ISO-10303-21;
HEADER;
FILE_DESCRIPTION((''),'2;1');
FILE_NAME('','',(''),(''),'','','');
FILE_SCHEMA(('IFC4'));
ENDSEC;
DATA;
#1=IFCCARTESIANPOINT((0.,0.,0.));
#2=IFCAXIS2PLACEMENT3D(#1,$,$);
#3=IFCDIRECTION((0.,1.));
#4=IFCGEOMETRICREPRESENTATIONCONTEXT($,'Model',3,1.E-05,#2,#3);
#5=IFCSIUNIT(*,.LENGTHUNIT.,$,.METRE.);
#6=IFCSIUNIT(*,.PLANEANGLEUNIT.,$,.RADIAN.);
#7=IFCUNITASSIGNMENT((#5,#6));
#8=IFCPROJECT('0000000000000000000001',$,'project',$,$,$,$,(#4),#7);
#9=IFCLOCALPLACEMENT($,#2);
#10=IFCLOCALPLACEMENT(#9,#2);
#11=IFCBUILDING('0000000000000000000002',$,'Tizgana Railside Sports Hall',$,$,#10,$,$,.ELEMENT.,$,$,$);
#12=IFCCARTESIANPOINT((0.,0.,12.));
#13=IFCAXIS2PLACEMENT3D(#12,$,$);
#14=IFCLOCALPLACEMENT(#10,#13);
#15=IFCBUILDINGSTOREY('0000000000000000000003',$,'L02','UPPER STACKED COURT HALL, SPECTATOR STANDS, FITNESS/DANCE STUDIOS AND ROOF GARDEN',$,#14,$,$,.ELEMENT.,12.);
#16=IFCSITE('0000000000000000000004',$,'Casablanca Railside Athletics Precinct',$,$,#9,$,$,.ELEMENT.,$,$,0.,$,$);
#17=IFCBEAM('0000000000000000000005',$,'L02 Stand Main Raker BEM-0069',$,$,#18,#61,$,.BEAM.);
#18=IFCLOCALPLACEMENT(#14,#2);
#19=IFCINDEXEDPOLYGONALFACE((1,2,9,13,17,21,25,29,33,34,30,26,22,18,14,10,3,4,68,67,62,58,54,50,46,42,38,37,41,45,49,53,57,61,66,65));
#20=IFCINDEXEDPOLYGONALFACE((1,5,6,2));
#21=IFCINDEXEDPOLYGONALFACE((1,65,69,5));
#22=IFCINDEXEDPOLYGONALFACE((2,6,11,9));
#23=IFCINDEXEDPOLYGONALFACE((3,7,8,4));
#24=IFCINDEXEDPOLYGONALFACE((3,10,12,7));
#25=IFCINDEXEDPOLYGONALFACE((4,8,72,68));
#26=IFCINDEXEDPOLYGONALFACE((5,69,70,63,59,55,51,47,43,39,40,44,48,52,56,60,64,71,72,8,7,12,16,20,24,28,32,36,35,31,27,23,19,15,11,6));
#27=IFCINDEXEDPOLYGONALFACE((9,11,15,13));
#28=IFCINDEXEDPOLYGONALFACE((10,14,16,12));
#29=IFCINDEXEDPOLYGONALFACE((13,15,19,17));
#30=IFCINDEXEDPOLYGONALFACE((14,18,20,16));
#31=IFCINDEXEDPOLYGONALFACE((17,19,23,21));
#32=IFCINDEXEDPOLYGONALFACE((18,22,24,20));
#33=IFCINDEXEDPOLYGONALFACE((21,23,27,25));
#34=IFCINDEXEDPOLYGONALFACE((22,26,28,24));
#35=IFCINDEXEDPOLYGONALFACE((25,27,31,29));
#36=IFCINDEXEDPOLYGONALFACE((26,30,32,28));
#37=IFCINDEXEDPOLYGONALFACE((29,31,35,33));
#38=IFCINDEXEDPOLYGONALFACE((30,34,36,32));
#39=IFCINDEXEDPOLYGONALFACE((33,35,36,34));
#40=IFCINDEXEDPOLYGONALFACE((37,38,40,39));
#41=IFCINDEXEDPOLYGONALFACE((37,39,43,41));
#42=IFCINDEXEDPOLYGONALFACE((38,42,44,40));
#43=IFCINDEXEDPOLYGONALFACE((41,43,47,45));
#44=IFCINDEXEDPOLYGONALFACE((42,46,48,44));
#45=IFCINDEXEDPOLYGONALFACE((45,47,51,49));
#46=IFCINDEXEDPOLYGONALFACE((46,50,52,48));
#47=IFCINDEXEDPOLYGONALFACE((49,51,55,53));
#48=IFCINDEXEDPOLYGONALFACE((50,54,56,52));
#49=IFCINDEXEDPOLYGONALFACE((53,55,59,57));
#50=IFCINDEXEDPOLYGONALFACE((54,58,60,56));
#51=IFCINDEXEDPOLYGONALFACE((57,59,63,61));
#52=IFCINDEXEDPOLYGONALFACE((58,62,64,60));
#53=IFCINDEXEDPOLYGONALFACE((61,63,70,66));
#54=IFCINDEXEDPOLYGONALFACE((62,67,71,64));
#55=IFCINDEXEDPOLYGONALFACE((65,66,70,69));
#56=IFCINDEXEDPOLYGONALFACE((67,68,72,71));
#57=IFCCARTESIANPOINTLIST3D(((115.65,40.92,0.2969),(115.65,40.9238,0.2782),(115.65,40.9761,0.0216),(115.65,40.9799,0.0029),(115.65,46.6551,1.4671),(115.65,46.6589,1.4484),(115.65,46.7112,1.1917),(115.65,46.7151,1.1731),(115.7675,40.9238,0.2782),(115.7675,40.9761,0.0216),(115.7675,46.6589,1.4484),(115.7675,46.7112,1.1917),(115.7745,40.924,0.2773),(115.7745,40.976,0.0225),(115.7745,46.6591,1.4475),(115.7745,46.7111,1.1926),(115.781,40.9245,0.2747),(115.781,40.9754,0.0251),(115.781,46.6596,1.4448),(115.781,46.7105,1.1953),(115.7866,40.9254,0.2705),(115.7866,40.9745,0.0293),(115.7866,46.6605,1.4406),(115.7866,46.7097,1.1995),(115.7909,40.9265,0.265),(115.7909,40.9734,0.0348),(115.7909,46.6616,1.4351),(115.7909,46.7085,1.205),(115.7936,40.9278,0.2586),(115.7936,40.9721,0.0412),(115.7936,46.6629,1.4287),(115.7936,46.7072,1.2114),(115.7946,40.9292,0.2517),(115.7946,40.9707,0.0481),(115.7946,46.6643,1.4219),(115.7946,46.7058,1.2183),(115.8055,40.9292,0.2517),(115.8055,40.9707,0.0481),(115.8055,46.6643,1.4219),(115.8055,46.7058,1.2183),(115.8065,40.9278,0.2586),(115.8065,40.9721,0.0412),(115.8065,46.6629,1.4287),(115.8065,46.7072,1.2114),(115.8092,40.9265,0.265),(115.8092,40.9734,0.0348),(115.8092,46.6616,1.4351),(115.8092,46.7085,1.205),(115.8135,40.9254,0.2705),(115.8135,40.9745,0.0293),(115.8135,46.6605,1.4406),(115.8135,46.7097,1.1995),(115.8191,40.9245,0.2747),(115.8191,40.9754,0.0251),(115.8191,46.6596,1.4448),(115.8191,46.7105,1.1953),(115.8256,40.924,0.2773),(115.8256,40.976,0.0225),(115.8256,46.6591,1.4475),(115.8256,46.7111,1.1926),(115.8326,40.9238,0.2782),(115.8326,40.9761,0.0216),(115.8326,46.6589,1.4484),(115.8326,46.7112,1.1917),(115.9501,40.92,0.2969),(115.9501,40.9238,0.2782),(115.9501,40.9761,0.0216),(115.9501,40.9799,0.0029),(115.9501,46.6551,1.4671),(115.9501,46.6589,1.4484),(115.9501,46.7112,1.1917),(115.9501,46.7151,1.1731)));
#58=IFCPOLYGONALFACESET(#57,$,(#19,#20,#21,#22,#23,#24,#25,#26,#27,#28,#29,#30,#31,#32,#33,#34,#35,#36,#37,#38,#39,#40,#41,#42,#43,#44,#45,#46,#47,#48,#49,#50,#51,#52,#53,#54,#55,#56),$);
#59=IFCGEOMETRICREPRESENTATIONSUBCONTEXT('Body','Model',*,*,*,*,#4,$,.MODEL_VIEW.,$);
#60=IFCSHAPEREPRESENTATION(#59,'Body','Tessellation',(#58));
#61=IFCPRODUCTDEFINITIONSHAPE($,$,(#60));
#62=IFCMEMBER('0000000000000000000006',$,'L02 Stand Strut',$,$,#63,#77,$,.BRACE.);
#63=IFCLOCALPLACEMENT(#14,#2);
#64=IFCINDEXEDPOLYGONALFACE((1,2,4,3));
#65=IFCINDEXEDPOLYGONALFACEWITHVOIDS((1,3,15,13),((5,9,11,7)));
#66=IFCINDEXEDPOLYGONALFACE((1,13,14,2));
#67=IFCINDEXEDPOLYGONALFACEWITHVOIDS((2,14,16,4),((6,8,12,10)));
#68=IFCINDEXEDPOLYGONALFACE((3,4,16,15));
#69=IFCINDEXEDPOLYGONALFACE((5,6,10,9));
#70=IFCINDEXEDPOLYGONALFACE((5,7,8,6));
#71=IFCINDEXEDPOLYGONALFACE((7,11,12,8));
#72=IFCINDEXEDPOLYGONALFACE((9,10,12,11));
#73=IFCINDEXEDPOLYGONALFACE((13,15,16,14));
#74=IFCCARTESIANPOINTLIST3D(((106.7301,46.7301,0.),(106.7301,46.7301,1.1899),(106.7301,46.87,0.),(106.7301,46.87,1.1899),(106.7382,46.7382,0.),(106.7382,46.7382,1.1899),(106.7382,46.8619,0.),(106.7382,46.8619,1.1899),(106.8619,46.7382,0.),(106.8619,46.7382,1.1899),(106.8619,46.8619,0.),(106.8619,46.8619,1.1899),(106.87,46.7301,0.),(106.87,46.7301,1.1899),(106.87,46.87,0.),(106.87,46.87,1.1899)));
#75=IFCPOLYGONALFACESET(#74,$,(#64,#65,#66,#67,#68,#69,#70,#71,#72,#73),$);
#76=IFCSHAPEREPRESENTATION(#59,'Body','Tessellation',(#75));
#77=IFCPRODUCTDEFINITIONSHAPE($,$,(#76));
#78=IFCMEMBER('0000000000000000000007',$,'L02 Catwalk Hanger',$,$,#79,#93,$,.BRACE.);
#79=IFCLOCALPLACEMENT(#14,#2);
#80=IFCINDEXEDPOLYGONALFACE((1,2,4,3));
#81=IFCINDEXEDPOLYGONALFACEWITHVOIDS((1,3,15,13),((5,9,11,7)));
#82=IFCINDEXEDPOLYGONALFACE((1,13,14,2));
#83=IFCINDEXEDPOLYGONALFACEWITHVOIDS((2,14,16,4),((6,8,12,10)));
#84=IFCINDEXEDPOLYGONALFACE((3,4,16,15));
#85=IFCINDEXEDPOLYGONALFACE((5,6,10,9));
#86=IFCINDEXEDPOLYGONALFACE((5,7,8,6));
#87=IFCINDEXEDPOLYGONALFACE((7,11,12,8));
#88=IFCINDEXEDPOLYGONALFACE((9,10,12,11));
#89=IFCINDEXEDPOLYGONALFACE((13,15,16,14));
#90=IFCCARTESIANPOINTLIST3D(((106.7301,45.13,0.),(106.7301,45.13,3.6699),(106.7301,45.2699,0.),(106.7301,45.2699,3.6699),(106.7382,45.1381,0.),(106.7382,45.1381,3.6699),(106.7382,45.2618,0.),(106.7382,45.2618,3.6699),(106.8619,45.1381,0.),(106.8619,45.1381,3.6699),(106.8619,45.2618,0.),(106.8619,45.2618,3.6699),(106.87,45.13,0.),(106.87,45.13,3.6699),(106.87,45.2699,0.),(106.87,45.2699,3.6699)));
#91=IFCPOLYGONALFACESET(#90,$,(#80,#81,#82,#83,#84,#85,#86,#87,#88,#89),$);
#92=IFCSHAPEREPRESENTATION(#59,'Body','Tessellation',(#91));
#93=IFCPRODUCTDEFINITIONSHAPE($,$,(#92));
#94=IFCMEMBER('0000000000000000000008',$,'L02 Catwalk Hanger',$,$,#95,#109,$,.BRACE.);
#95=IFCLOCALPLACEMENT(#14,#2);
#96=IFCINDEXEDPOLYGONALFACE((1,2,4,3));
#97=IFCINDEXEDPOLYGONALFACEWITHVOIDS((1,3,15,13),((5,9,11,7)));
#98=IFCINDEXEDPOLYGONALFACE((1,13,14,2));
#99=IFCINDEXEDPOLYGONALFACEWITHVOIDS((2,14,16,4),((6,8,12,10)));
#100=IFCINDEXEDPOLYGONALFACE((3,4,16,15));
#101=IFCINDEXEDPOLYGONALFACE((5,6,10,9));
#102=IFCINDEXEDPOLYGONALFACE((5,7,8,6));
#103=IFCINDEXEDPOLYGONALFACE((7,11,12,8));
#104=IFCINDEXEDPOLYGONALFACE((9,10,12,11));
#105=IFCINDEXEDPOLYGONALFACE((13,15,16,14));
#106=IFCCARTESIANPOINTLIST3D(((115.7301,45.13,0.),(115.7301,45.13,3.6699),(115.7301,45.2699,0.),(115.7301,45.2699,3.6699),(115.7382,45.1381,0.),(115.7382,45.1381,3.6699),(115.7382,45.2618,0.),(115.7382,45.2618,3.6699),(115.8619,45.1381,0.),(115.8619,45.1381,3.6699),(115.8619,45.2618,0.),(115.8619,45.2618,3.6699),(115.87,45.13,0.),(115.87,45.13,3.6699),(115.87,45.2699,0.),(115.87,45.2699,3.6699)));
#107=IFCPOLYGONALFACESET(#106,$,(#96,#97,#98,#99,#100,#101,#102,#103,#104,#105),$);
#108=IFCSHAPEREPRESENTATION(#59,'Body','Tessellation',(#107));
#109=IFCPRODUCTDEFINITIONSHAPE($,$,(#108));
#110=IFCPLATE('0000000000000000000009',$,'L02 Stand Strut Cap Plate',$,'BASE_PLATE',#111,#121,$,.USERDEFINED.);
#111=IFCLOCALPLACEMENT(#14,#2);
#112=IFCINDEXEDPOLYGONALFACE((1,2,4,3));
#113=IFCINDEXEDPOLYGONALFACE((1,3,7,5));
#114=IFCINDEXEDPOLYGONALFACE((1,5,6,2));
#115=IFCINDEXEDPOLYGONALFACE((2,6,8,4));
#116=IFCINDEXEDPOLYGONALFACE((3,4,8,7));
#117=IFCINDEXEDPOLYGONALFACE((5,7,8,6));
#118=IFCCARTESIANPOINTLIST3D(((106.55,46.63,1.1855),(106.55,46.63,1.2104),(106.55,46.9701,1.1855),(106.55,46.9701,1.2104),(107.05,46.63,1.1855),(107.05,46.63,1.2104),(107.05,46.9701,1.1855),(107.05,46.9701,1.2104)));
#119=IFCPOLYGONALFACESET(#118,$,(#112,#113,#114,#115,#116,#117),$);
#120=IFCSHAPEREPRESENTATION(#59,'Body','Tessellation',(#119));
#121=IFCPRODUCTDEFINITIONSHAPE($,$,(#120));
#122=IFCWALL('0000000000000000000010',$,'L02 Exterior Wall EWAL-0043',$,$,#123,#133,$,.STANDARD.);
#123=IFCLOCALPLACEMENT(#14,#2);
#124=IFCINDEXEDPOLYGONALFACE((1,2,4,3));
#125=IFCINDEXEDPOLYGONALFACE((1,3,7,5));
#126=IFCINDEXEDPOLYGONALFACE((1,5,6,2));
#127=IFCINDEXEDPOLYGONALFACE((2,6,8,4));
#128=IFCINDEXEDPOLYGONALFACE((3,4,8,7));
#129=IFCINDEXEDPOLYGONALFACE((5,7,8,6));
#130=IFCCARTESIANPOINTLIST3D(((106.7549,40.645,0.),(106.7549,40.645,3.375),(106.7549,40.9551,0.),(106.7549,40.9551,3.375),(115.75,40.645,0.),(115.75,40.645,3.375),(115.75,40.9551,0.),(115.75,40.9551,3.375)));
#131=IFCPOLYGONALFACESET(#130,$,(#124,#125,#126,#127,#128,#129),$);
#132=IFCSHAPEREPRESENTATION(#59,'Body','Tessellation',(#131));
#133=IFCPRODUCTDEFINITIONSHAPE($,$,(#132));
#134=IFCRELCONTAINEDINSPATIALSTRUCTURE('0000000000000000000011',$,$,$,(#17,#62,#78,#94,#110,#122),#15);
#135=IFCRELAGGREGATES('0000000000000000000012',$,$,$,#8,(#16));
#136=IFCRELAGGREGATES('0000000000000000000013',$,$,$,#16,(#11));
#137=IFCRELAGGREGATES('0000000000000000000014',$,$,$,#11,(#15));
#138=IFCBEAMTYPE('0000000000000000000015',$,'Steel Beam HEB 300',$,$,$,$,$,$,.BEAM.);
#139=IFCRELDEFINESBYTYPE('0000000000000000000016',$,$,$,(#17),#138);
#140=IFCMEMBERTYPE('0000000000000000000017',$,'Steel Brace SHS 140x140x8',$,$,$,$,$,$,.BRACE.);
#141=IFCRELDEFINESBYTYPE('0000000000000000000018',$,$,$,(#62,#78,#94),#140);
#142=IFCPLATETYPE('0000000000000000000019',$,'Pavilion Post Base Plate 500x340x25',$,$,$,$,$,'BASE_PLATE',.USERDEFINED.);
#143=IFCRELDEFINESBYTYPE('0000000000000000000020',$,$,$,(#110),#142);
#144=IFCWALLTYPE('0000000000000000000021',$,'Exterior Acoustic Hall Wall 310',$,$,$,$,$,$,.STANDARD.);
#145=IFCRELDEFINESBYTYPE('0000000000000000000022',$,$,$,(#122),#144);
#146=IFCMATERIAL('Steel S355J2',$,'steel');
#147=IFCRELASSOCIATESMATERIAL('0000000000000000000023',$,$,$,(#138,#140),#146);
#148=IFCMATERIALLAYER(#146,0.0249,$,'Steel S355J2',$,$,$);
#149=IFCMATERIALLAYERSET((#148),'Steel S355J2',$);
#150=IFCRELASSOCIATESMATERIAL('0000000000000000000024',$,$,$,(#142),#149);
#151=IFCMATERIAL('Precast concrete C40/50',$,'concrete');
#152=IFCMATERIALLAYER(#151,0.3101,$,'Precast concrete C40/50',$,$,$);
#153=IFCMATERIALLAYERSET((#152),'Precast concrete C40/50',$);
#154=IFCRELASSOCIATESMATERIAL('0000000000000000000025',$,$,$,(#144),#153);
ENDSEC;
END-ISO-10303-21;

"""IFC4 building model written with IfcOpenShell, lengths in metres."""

from ifc_helpers import new_model, si_unit, direction, frame, frame_2d, origin, origin_2d, place, context, subcontext, project, spatial, rectangle, hollow_rectangle, i_section, extrude, material, layer, layer_set, material_profile, profile_set, type_object, element, save


model = new_model("IFC4")

# Units and contexts
model_context = context("Model", 3, precision=1e-05, world=origin(), true_north=direction((0.0, 1.0)))
body_context = subcontext(model_context, "Body", "Model", "MODEL_VIEW")
ifc_project = project(units=[si_unit("LENGTHUNIT", "METRE"), si_unit("PLANEANGLEUNIT", "RADIAN")], contexts=[model_context])

# Site, building, storey
site_placement = place(None, origin())
site = spatial("IfcSite", under=ifc_project, at=site_placement, Name="Casablanca Railside Athletics Precinct", CompositionType="ELEMENT", RefElevation=0.0)
building_placement = place(site_placement, origin())
building = spatial("IfcBuilding", under=site, at=building_placement, Name="Tizgana Railside Sports Hall", CompositionType="ELEMENT")
storey_placement = place(building_placement, frame((0.0, 0.0, 12.0)))
storey = spatial("IfcBuildingStorey", under=building, at=storey_placement, Name="L02", Description="UPPER STACKED COURT HALL, SPECTATOR STANDS, FITNESS/DANCE STUDIOS AND ROOF GARDEN", CompositionType="ELEMENT", Elevation=12.0)

# Beam
ifc_material_1 = material(Name="Steel S355J2", Category="steel")
ifc_material_profile_1 = material_profile(ifc_material_1, i_section(OverallWidth=0.3, OverallDepth=0.3, WebThickness=0.011, FlangeThickness=0.019, FilletRadius=0.0271, at=origin_2d()), Name="HEB 300")
ifc_profile_set_1 = profile_set([ifc_material_profile_1], Name="Steel S355J2")
beam_type_1 = type_object("IfcBeamType", Name="Steel Beam HEB 300", PredefinedType="BEAM", material=ifc_profile_set_1)
beam_1_placement = place(storey_placement, frame((115.8, 40.95, 0.1499), z_axis=(0.0, 0.979813, 0.199917), x_axis=(-1.0, 0.0, 0.0)))
element("IfcBeam", 1, at=beam_1_placement, inside=storey, type_object=beam_type_1, Name="L02 Stand Main Raker BEM-0069", PredefinedType="BEAM", context=body_context, shape_type="SweptSolid", body=[
    extrude(i_section(OverallWidth=0.3, OverallDepth=0.3, WebThickness=0.011, FlangeThickness=0.019, FilletRadius=0.0271, at=origin_2d()), origin(), (0.0, 0.0, 1.0), 5.8533),
])

# Members
ifc_material_profile_2 = material_profile(ifc_material_1, hollow_rectangle(XDim=0.1399, YDim=0.1399, WallThickness=0.0081, at=origin_2d()), Name="SHS 140x140x8")
ifc_profile_set_2 = profile_set([ifc_material_profile_2], Name="Steel S355J2")
member_type = type_object("IfcMemberType", Name="Steel Brace SHS 140x140x8", PredefinedType="BRACE", material=ifc_profile_set_2)
member_placement = place(storey_placement, frame((106.8, 46.8, 0.0), z_axis=(0.0, 0.0, 1.0), x_axis=(1.0, 0.0, 0.0)))
element("IfcMember", 2, at=member_placement, inside=storey, type_object=member_type, Name="L02 Stand Strut", PredefinedType="BRACE", context=body_context, shape_type="SweptSolid", body=[
    extrude(hollow_rectangle(XDim=0.1399, YDim=0.1399, WallThickness=0.0081, at=origin_2d()), origin(), (0.0, 0.0, 1.0), 1.1899),
])
for number, where, z_axis, x_axis, name in (
    (3, (106.8, 45.2, 0.0), (0.0, 0.0, 1.0), (1.0, 0.0, 0.0), "L02 Catwalk Hanger"),
    (4, (115.8, 45.2, 0.0), (0.0, 0.0, 1.0), (1.0, 0.0, 0.0), "L02 Catwalk Hanger"),
):
    element("IfcMember", number, at=place(storey_placement, frame(where, z_axis=z_axis, x_axis=x_axis)), inside=storey, type_object=member_type, Name=name, PredefinedType="BRACE", context=body_context, shape_type="SweptSolid", body=[
        extrude(hollow_rectangle(XDim=0.1399, YDim=0.1399, WallThickness=0.0081, at=origin_2d()), origin(), (0.0, 0.0, 1.0), 3.6699),
    ])

# Plate
ifc_layer_1 = layer(ifc_material_1, 0.0249, Name="Steel S355J2")
ifc_layer_set_1 = layer_set([ifc_layer_1], Name="Steel S355J2")
plate_type = type_object("IfcPlateType", Name="Pavilion Post Base Plate 500x340x25", ElementType="BASE_PLATE", PredefinedType="USERDEFINED", material=ifc_layer_set_1)
plate_placement = place(storey_placement, frame((106.8, 46.8, 1.1855), z_axis=(0.0, 0.0, 1.0), x_axis=(1.0, 0.0, 0.0)))
element("IfcPlate", 5, at=plate_placement, inside=storey, type_object=plate_type, Name="L02 Stand Strut Cap Plate", ObjectType="BASE_PLATE", PredefinedType="USERDEFINED", context=body_context, shape_type="SweptSolid", body=[
    extrude(rectangle(XDim=0.5, YDim=0.3401, at=origin_2d()), origin(), (0.0, 0.0, 1.0), 0.0249),
])

# Wall
ifc_material_2 = material(Name="Precast concrete C40/50", Category="concrete")
ifc_layer_2 = layer(ifc_material_2, 0.3101, Name="Precast concrete C40/50")
ifc_layer_set_2 = layer_set([ifc_layer_2], Name="Precast concrete C40/50")
wall_type = type_object("IfcWallType", Name="Exterior Acoustic Hall Wall 310", PredefinedType="STANDARD", material=ifc_layer_set_2)
wall_placement = place(storey_placement, frame((115.75, 40.8, 0.0), z_axis=(0.0, 0.0, 1.0), x_axis=(-1.0, 0.0, 0.0)))
element("IfcWall", 6, at=wall_placement, inside=storey, type_object=wall_type, Name="L02 Exterior Wall EWAL-0043", PredefinedType="STANDARD", context=body_context, shape_type="SweptSolid", body=[
    extrude(rectangle(XDim=8.9951, YDim=0.3101, at=frame_2d((4.4976, 0.0))), origin(), (0.0, 0.0, 1.0), 3.375),
])

save(model, "model.ifc")
